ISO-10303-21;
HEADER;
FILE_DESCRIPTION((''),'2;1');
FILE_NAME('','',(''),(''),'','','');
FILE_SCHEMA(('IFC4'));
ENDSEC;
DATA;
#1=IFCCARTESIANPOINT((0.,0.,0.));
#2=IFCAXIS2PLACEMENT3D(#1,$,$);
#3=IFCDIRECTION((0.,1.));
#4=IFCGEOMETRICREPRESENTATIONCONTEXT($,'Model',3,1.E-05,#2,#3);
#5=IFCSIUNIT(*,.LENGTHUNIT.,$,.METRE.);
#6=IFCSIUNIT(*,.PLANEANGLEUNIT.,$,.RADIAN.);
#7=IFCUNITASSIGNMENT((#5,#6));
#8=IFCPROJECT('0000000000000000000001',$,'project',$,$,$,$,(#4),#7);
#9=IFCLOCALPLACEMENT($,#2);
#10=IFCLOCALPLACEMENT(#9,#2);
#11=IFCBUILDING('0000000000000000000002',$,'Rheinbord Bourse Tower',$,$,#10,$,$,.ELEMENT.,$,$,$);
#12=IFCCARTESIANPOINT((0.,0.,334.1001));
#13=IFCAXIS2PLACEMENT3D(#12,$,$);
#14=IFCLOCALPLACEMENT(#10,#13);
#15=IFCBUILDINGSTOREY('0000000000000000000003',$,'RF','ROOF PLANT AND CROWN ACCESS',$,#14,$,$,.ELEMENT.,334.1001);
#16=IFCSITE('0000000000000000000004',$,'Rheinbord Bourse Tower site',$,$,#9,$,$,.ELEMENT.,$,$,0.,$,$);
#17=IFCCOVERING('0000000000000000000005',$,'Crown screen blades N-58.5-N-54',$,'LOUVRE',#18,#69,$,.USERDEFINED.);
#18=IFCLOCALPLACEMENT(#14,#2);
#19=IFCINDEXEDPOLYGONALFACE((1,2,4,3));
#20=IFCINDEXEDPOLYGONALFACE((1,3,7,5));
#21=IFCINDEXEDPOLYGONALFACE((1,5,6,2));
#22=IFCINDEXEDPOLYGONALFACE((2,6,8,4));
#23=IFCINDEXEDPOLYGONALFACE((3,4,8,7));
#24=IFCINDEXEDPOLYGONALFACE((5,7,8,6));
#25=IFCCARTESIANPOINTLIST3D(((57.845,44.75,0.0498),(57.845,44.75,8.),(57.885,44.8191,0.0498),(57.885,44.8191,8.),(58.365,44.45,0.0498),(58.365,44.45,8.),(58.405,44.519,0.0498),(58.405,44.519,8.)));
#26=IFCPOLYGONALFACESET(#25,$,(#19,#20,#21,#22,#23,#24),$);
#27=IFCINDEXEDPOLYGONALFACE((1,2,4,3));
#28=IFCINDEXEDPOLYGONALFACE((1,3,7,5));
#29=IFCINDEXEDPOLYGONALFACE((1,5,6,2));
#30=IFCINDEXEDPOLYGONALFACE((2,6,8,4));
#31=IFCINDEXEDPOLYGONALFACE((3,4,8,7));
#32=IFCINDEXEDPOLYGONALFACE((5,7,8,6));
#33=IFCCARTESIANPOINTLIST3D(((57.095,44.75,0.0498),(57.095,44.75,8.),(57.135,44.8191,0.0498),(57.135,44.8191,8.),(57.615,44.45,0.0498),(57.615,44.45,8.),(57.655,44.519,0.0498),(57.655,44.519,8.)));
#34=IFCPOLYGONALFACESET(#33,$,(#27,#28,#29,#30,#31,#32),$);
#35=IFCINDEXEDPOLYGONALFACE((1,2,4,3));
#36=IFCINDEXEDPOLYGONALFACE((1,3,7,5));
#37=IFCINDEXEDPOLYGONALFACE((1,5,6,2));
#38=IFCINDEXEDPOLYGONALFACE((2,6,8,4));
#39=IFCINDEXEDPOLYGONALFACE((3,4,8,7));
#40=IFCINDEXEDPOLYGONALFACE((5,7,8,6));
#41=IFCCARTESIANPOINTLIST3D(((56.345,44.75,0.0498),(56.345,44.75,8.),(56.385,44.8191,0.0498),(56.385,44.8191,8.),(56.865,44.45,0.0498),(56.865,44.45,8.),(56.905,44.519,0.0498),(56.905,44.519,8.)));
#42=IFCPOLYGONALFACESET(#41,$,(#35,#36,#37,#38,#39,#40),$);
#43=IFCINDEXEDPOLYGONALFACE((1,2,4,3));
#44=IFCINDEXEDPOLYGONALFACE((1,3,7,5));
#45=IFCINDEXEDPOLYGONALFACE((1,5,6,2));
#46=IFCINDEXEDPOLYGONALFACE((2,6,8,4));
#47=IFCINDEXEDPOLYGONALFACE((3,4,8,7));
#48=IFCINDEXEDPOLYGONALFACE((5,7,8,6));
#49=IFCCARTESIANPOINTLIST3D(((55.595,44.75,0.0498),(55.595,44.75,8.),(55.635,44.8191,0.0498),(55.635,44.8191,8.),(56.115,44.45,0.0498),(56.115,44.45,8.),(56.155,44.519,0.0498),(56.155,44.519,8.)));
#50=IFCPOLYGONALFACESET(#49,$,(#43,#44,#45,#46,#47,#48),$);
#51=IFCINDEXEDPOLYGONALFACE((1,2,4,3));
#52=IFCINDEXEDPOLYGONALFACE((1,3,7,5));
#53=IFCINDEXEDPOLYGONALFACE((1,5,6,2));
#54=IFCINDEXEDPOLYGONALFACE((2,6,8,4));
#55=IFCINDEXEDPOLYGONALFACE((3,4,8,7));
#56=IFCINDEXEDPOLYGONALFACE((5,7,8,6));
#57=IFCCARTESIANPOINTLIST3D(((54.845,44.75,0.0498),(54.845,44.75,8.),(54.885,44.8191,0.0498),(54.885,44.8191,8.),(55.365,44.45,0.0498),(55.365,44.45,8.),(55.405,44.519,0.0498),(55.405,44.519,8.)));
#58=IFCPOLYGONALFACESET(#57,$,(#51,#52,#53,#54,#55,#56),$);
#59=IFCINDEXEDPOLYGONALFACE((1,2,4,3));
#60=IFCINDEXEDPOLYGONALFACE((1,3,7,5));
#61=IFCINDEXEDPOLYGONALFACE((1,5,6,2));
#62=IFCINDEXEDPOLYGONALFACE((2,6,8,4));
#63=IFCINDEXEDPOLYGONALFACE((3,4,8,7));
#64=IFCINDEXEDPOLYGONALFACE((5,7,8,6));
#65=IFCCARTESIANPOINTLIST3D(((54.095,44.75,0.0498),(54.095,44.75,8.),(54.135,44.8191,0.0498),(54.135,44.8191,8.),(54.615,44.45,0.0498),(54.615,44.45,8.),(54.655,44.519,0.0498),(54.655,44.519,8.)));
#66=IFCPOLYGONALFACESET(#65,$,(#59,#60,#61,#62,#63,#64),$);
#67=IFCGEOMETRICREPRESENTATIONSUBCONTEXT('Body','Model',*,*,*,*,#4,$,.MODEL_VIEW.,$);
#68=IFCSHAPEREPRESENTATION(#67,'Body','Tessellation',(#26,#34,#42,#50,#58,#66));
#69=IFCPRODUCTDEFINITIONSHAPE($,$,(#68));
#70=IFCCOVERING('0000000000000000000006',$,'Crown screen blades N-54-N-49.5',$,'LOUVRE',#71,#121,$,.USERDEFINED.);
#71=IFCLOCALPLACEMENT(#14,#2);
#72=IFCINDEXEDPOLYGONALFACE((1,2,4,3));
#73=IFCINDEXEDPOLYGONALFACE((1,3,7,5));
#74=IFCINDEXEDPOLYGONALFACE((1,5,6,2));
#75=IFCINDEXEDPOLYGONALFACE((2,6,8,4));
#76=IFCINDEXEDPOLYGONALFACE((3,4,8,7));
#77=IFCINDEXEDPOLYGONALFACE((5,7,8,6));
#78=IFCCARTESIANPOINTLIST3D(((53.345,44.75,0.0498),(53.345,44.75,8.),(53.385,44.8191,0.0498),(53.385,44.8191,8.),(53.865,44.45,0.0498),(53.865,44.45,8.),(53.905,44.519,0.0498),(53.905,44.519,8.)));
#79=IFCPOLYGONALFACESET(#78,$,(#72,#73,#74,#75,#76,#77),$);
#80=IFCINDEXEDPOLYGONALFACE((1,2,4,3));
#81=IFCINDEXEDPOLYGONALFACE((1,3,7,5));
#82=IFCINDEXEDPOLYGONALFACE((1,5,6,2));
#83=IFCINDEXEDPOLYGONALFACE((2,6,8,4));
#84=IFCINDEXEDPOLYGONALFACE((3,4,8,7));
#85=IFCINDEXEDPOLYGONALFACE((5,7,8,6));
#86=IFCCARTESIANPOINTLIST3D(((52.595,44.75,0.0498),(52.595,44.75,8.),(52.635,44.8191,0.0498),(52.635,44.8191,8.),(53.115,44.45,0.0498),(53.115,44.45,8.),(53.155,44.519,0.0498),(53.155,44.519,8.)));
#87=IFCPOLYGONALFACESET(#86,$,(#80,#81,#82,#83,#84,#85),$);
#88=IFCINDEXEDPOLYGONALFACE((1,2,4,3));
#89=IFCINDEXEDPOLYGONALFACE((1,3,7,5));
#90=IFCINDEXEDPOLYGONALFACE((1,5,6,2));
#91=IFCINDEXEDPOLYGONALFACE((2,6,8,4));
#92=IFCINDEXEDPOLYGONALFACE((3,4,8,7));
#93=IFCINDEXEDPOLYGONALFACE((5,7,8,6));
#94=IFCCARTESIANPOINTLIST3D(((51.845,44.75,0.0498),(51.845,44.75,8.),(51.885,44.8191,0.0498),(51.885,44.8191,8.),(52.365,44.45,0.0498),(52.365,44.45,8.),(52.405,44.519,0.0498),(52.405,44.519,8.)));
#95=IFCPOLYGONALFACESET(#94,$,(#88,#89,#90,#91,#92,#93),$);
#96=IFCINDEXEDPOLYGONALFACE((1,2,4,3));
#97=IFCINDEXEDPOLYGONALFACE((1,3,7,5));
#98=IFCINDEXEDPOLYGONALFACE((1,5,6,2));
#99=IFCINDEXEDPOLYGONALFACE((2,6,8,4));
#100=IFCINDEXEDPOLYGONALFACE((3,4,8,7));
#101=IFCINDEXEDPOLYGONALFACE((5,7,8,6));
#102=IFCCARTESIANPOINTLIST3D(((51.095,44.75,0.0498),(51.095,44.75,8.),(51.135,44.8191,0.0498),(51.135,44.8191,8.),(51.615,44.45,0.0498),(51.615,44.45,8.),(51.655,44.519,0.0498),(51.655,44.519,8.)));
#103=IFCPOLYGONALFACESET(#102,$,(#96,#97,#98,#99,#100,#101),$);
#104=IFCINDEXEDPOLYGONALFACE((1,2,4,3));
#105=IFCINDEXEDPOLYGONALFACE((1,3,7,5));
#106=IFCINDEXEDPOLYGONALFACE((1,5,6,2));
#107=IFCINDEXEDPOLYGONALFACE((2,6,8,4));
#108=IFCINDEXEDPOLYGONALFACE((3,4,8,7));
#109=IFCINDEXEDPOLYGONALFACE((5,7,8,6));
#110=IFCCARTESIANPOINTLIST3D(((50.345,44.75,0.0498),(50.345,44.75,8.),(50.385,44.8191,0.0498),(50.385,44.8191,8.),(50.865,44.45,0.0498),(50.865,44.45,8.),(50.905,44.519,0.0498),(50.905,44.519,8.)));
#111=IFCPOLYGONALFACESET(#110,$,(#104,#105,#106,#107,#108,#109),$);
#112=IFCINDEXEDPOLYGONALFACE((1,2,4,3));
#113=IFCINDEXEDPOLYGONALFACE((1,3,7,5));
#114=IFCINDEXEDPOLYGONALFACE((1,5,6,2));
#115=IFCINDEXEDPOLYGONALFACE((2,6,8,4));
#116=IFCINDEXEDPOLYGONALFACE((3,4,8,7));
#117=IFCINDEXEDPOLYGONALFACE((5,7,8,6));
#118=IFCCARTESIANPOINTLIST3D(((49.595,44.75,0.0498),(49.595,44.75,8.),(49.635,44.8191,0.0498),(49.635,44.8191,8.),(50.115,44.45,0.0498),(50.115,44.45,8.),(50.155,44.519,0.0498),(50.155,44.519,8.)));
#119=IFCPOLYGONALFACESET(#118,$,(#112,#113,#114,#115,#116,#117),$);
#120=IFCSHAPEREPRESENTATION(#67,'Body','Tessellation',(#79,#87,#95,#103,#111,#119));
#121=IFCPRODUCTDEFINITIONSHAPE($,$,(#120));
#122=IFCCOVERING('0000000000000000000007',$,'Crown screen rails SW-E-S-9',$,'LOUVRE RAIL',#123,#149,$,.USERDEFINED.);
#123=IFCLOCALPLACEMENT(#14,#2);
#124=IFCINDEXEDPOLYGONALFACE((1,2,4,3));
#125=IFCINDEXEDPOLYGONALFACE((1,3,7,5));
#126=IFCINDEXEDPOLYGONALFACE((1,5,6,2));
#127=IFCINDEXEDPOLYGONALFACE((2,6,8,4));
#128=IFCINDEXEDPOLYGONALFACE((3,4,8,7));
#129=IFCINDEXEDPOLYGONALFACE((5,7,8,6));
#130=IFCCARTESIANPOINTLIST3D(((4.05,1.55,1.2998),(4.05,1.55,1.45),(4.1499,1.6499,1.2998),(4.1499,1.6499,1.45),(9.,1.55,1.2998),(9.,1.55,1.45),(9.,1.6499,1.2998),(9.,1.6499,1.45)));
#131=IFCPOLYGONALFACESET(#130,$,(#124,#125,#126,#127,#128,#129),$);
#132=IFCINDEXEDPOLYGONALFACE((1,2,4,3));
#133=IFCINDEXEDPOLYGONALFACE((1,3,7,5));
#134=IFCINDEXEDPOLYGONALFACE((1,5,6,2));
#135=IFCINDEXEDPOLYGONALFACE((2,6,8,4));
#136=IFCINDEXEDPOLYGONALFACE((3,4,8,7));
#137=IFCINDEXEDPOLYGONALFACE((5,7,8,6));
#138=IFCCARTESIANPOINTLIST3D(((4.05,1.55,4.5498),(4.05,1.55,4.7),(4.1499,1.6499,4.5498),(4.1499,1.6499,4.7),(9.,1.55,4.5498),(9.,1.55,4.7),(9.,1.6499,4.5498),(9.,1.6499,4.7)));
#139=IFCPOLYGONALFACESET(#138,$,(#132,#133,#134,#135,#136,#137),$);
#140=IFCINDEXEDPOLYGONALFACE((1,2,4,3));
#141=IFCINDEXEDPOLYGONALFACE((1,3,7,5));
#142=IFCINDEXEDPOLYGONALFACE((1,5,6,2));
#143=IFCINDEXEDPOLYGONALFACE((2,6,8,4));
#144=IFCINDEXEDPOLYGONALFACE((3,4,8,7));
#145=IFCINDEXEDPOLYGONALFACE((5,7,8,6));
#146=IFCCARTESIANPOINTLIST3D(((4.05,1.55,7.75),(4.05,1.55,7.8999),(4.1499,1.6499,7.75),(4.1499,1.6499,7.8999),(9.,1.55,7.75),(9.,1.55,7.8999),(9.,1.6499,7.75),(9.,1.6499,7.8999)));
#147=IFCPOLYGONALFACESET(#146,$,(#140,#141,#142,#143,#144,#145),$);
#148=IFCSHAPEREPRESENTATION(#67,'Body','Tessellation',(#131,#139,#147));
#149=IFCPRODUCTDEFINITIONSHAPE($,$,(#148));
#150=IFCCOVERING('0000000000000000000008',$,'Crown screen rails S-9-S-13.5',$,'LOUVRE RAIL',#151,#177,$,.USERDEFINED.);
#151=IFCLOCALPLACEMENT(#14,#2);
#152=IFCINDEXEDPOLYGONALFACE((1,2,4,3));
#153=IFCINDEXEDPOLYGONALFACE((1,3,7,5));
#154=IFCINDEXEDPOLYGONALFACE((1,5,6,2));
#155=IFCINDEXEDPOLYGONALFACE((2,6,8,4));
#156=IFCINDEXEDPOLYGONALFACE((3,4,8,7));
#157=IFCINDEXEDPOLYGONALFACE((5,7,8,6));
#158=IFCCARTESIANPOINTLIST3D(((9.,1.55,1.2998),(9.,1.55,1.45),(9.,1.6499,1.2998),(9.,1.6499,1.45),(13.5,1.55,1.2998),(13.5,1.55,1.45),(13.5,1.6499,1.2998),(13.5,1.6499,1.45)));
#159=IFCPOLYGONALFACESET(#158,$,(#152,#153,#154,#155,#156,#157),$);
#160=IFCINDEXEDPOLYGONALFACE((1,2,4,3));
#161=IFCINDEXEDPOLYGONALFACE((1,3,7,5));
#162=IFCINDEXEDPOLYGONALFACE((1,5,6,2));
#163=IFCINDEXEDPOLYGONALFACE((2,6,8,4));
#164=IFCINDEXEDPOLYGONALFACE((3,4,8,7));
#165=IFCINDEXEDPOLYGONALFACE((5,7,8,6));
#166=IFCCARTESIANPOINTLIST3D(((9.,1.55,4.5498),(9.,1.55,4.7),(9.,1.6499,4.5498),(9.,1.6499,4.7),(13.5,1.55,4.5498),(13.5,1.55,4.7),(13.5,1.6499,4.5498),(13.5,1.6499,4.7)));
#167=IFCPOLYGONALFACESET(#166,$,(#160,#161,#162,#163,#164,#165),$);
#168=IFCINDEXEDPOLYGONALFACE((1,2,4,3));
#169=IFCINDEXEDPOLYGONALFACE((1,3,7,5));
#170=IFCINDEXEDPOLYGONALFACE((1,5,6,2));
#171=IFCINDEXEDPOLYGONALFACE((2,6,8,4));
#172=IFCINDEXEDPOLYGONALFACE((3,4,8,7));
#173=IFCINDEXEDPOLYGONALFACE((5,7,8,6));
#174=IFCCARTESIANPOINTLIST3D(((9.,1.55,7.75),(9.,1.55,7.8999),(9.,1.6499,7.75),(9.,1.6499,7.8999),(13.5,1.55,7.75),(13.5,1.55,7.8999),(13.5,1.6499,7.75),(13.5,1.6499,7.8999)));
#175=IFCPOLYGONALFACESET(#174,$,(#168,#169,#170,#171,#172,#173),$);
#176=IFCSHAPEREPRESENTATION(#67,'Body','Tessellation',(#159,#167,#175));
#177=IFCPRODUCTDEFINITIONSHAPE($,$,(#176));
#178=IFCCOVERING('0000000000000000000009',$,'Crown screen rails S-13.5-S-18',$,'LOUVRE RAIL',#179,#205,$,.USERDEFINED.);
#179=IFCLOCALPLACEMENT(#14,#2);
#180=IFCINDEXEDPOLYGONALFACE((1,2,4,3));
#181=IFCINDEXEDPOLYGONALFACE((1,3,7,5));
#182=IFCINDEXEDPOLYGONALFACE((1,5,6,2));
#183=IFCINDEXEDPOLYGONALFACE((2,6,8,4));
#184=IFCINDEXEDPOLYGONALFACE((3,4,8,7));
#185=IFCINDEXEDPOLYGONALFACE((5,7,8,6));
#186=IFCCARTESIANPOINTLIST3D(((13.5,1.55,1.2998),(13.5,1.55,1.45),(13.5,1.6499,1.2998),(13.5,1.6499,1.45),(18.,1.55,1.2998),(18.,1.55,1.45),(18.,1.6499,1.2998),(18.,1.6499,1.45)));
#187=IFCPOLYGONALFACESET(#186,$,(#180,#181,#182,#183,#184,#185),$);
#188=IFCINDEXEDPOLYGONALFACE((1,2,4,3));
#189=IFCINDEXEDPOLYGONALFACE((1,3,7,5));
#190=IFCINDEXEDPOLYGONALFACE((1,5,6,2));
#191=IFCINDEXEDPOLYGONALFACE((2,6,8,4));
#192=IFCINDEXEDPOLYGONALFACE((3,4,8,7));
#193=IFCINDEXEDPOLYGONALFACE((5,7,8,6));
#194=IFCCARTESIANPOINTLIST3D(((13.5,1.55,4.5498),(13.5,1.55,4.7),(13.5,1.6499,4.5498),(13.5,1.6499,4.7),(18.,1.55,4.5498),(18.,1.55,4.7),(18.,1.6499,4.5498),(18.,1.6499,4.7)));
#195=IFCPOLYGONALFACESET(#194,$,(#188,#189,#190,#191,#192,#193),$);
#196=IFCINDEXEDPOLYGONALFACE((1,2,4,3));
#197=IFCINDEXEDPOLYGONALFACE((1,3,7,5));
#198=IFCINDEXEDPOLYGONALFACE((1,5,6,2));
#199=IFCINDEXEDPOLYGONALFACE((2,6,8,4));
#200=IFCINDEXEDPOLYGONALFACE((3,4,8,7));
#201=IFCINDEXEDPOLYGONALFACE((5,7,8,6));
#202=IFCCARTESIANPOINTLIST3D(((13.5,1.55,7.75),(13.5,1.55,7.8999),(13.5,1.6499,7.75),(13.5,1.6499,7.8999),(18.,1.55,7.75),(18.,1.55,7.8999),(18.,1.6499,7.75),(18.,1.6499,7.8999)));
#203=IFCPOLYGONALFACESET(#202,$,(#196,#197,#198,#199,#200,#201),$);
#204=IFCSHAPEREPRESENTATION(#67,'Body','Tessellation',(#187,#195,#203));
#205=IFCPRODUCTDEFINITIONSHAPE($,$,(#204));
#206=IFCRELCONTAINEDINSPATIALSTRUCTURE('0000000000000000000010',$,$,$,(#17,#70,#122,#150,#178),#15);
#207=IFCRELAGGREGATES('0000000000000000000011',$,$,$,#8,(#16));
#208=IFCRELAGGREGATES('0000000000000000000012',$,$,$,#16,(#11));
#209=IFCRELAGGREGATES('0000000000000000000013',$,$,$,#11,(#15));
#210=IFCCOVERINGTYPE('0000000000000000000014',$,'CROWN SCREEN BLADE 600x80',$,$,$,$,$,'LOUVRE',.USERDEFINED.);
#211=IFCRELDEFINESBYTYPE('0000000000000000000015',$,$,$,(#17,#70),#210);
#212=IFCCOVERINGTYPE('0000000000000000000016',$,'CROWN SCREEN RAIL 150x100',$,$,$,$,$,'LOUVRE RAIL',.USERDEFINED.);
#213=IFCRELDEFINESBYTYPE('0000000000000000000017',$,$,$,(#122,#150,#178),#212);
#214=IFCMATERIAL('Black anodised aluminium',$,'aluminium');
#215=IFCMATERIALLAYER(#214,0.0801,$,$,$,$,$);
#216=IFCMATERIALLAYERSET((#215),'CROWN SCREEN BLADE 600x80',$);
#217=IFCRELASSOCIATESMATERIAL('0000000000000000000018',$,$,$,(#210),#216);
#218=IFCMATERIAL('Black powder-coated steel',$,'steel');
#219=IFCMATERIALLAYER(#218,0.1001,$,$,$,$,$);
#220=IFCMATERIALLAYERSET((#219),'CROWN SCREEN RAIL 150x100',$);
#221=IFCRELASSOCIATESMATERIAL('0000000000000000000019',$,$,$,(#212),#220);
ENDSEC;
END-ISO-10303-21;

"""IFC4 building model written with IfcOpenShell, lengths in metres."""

from ifc_helpers import new_model, si_unit, direction, frame, origin, place, context, subcontext, project, spatial, polyline, outline, extrude, material, layer, layer_set, type_object, element, save


model = new_model("IFC4")

# Units and contexts
model_context = context("Model", 3, precision=1e-05, world=origin(), true_north=direction((0.0, 1.0)))
body_context = subcontext(model_context, "Body", "Model", "MODEL_VIEW")
ifc_project = project(units=[si_unit("LENGTHUNIT", "METRE"), si_unit("PLANEANGLEUNIT", "RADIAN")], contexts=[model_context])

# Site, building, storey
site_placement = place(None, origin())
site = spatial("IfcSite", under=ifc_project, at=site_placement, Name="Rheinbord Bourse Tower site", CompositionType="ELEMENT", RefElevation=0.0)
building_placement = place(site_placement, origin())
building = spatial("IfcBuilding", under=site, at=building_placement, Name="Rheinbord Bourse Tower", CompositionType="ELEMENT")
storey_placement = place(building_placement, frame((0.0, 0.0, 334.1001)))
storey = spatial("IfcBuildingStorey", under=building, at=storey_placement, Name="RF", Description="ROOF PLANT AND CROWN ACCESS", CompositionType="ELEMENT", Elevation=334.1001)

# Coverings
ifc_material_1 = material(Name="Black anodised aluminium", Category="aluminium")
ifc_layer_1 = layer(ifc_material_1, 0.0801)
ifc_layer_set_1 = layer_set([ifc_layer_1], Name="CROWN SCREEN BLADE 600x80")
covering_type_1 = type_object("IfcCoveringType", Name="CROWN SCREEN BLADE 600x80", ElementType="LOUVRE", PredefinedType="USERDEFINED", material=ifc_layer_set_1)
covering_1_placement = place(storey_placement, frame((0.0, 0.0, 0.0498)))
element("IfcCovering", 1, at=covering_1_placement, inside=storey, type_object=covering_type_1, Name="Crown screen blades N-58.5-N-54", ObjectType="LOUVRE", PredefinedType="USERDEFINED", context=body_context, shape_type="SweptSolid", body=[
    extrude(outline(polyline([(58.365, 44.45), (57.845, 44.75), (57.885, 44.8191), (58.405, 44.519), (58.365, 44.45)])), origin(), (0.0, 0.0, 1.0), 7.9502),
    extrude(outline(polyline([(57.615, 44.45), (57.095, 44.75), (57.135, 44.8191), (57.655, 44.519), (57.615, 44.45)])), origin(), (0.0, 0.0, 1.0), 7.9502),
    extrude(outline(polyline([(56.865, 44.45), (56.345, 44.75), (56.385, 44.8191), (56.905, 44.519), (56.865, 44.45)])), origin(), (0.0, 0.0, 1.0), 7.9502),
    extrude(outline(polyline([(56.115, 44.45), (55.595, 44.75), (55.635, 44.8191), (56.155, 44.519), (56.115, 44.45)])), origin(), (0.0, 0.0, 1.0), 7.9502),
    extrude(outline(polyline([(55.365, 44.45), (54.845, 44.75), (54.885, 44.8191), (55.405, 44.519), (55.365, 44.45)])), origin(), (0.0, 0.0, 1.0), 7.9502),
    extrude(outline(polyline([(54.615, 44.45), (54.095, 44.75), (54.135, 44.8191), (54.655, 44.519), (54.615, 44.45)])), origin(), (0.0, 0.0, 1.0), 7.9502),
])
covering_2_placement = place(storey_placement, frame((0.0, 0.0, 0.0498)))
element("IfcCovering", 2, at=covering_2_placement, inside=storey, type_object=covering_type_1, Name="Crown screen blades N-54-N-49.5", ObjectType="LOUVRE", PredefinedType="USERDEFINED", context=body_context, shape_type="SweptSolid", body=[
    extrude(outline(polyline([(53.865, 44.45), (53.345, 44.75), (53.385, 44.8191), (53.905, 44.519), (53.865, 44.45)])), origin(), (0.0, 0.0, 1.0), 7.9502),
    extrude(outline(polyline([(53.115, 44.45), (52.595, 44.75), (52.635, 44.8191), (53.155, 44.519), (53.115, 44.45)])), origin(), (0.0, 0.0, 1.0), 7.9502),
    extrude(outline(polyline([(52.365, 44.45), (51.845, 44.75), (51.885, 44.8191), (52.405, 44.519), (52.365, 44.45)])), origin(), (0.0, 0.0, 1.0), 7.9502),
    extrude(outline(polyline([(51.615, 44.45), (51.095, 44.75), (51.135, 44.8191), (51.655, 44.519), (51.615, 44.45)])), origin(), (0.0, 0.0, 1.0), 7.9502),
    extrude(outline(polyline([(50.865, 44.45), (50.345, 44.75), (50.385, 44.8191), (50.905, 44.519), (50.865, 44.45)])), origin(), (0.0, 0.0, 1.0), 7.9502),
    extrude(outline(polyline([(50.115, 44.45), (49.595, 44.75), (49.635, 44.8191), (50.155, 44.519), (50.115, 44.45)])), origin(), (0.0, 0.0, 1.0), 7.9502),
])
ifc_material_2 = material(Name="Black powder-coated steel", Category="steel")
ifc_layer_2 = layer(ifc_material_2, 0.1001)
ifc_layer_set_2 = layer_set([ifc_layer_2], Name="CROWN SCREEN RAIL 150x100")
covering_type_2 = type_object("IfcCoveringType", Name="CROWN SCREEN RAIL 150x100", ElementType="LOUVRE RAIL", PredefinedType="USERDEFINED", material=ifc_layer_set_2)
covering_3_placement = place(storey_placement, frame((0.0, 0.0, 1.2998)))
element("IfcCovering", 3, at=covering_3_placement, inside=storey, type_object=covering_type_2, Name="Crown screen rails SW-E-S-9", ObjectType="LOUVRE RAIL", PredefinedType="USERDEFINED", context=body_context, shape_type="SweptSolid", body=[
    extrude(outline(polyline([(4.1499, 1.6499), (9.0, 1.6499), (9.0, 1.55), (4.05, 1.55), (4.1499, 1.6499)])), origin(), (0.0, 0.0, 1.0), 0.1501),
    extrude(outline(polyline([(4.1499, 1.6499), (9.0, 1.6499), (9.0, 1.55), (4.05, 1.55), (4.1499, 1.6499)])), frame((0.0, 0.0, 3.25)), (0.0, 0.0, 1.0), 0.1501),
    extrude(outline(polyline([(4.1499, 1.6499), (9.0, 1.6499), (9.0, 1.55), (4.05, 1.55), (4.1499, 1.6499)])), frame((0.0, 0.0, 6.4502)), (0.0, 0.0, 1.0), 0.1499),
])
covering_4_placement = place(storey_placement, frame((0.0, 0.0, 1.2998)))
element("IfcCovering", 4, at=covering_4_placement, inside=storey, type_object=covering_type_2, Name="Crown screen rails S-9-S-13.5", ObjectType="LOUVRE RAIL", PredefinedType="USERDEFINED", context=body_context, shape_type="SweptSolid", body=[
    extrude(outline(polyline([(9.0, 1.6499), (13.5, 1.6499), (13.5, 1.55), (9.0, 1.55), (9.0, 1.6499)])), origin(), (0.0, 0.0, 1.0), 0.1501),
    extrude(outline(polyline([(9.0, 1.6499), (13.5, 1.6499), (13.5, 1.55), (9.0, 1.55), (9.0, 1.6499)])), frame((0.0, 0.0, 3.25)), (0.0, 0.0, 1.0), 0.1501),
    extrude(outline(polyline([(9.0, 1.6499), (13.5, 1.6499), (13.5, 1.55), (9.0, 1.55), (9.0, 1.6499)])), frame((0.0, 0.0, 6.4502)), (0.0, 0.0, 1.0), 0.1499),
])
covering_5_placement = place(storey_placement, frame((0.0, 0.0, 1.2998)))
element("IfcCovering", 5, at=covering_5_placement, inside=storey, type_object=covering_type_2, Name="Crown screen rails S-13.5-S-18", ObjectType="LOUVRE RAIL", PredefinedType="USERDEFINED", context=body_context, shape_type="SweptSolid", body=[
    extrude(outline(polyline([(13.5, 1.6499), (18.0, 1.6499), (18.0, 1.55), (13.5, 1.55), (13.5, 1.6499)])), origin(), (0.0, 0.0, 1.0), 0.1501),
    extrude(outline(polyline([(13.5, 1.6499), (18.0, 1.6499), (18.0, 1.55), (13.5, 1.55), (13.5, 1.6499)])), frame((0.0, 0.0, 3.25)), (0.0, 0.0, 1.0), 0.1501),
    extrude(outline(polyline([(13.5, 1.6499), (18.0, 1.6499), (18.0, 1.55), (13.5, 1.55), (13.5, 1.6499)])), frame((0.0, 0.0, 6.4502)), (0.0, 0.0, 1.0), 0.1499),
])

save(model, "model.ifc")
